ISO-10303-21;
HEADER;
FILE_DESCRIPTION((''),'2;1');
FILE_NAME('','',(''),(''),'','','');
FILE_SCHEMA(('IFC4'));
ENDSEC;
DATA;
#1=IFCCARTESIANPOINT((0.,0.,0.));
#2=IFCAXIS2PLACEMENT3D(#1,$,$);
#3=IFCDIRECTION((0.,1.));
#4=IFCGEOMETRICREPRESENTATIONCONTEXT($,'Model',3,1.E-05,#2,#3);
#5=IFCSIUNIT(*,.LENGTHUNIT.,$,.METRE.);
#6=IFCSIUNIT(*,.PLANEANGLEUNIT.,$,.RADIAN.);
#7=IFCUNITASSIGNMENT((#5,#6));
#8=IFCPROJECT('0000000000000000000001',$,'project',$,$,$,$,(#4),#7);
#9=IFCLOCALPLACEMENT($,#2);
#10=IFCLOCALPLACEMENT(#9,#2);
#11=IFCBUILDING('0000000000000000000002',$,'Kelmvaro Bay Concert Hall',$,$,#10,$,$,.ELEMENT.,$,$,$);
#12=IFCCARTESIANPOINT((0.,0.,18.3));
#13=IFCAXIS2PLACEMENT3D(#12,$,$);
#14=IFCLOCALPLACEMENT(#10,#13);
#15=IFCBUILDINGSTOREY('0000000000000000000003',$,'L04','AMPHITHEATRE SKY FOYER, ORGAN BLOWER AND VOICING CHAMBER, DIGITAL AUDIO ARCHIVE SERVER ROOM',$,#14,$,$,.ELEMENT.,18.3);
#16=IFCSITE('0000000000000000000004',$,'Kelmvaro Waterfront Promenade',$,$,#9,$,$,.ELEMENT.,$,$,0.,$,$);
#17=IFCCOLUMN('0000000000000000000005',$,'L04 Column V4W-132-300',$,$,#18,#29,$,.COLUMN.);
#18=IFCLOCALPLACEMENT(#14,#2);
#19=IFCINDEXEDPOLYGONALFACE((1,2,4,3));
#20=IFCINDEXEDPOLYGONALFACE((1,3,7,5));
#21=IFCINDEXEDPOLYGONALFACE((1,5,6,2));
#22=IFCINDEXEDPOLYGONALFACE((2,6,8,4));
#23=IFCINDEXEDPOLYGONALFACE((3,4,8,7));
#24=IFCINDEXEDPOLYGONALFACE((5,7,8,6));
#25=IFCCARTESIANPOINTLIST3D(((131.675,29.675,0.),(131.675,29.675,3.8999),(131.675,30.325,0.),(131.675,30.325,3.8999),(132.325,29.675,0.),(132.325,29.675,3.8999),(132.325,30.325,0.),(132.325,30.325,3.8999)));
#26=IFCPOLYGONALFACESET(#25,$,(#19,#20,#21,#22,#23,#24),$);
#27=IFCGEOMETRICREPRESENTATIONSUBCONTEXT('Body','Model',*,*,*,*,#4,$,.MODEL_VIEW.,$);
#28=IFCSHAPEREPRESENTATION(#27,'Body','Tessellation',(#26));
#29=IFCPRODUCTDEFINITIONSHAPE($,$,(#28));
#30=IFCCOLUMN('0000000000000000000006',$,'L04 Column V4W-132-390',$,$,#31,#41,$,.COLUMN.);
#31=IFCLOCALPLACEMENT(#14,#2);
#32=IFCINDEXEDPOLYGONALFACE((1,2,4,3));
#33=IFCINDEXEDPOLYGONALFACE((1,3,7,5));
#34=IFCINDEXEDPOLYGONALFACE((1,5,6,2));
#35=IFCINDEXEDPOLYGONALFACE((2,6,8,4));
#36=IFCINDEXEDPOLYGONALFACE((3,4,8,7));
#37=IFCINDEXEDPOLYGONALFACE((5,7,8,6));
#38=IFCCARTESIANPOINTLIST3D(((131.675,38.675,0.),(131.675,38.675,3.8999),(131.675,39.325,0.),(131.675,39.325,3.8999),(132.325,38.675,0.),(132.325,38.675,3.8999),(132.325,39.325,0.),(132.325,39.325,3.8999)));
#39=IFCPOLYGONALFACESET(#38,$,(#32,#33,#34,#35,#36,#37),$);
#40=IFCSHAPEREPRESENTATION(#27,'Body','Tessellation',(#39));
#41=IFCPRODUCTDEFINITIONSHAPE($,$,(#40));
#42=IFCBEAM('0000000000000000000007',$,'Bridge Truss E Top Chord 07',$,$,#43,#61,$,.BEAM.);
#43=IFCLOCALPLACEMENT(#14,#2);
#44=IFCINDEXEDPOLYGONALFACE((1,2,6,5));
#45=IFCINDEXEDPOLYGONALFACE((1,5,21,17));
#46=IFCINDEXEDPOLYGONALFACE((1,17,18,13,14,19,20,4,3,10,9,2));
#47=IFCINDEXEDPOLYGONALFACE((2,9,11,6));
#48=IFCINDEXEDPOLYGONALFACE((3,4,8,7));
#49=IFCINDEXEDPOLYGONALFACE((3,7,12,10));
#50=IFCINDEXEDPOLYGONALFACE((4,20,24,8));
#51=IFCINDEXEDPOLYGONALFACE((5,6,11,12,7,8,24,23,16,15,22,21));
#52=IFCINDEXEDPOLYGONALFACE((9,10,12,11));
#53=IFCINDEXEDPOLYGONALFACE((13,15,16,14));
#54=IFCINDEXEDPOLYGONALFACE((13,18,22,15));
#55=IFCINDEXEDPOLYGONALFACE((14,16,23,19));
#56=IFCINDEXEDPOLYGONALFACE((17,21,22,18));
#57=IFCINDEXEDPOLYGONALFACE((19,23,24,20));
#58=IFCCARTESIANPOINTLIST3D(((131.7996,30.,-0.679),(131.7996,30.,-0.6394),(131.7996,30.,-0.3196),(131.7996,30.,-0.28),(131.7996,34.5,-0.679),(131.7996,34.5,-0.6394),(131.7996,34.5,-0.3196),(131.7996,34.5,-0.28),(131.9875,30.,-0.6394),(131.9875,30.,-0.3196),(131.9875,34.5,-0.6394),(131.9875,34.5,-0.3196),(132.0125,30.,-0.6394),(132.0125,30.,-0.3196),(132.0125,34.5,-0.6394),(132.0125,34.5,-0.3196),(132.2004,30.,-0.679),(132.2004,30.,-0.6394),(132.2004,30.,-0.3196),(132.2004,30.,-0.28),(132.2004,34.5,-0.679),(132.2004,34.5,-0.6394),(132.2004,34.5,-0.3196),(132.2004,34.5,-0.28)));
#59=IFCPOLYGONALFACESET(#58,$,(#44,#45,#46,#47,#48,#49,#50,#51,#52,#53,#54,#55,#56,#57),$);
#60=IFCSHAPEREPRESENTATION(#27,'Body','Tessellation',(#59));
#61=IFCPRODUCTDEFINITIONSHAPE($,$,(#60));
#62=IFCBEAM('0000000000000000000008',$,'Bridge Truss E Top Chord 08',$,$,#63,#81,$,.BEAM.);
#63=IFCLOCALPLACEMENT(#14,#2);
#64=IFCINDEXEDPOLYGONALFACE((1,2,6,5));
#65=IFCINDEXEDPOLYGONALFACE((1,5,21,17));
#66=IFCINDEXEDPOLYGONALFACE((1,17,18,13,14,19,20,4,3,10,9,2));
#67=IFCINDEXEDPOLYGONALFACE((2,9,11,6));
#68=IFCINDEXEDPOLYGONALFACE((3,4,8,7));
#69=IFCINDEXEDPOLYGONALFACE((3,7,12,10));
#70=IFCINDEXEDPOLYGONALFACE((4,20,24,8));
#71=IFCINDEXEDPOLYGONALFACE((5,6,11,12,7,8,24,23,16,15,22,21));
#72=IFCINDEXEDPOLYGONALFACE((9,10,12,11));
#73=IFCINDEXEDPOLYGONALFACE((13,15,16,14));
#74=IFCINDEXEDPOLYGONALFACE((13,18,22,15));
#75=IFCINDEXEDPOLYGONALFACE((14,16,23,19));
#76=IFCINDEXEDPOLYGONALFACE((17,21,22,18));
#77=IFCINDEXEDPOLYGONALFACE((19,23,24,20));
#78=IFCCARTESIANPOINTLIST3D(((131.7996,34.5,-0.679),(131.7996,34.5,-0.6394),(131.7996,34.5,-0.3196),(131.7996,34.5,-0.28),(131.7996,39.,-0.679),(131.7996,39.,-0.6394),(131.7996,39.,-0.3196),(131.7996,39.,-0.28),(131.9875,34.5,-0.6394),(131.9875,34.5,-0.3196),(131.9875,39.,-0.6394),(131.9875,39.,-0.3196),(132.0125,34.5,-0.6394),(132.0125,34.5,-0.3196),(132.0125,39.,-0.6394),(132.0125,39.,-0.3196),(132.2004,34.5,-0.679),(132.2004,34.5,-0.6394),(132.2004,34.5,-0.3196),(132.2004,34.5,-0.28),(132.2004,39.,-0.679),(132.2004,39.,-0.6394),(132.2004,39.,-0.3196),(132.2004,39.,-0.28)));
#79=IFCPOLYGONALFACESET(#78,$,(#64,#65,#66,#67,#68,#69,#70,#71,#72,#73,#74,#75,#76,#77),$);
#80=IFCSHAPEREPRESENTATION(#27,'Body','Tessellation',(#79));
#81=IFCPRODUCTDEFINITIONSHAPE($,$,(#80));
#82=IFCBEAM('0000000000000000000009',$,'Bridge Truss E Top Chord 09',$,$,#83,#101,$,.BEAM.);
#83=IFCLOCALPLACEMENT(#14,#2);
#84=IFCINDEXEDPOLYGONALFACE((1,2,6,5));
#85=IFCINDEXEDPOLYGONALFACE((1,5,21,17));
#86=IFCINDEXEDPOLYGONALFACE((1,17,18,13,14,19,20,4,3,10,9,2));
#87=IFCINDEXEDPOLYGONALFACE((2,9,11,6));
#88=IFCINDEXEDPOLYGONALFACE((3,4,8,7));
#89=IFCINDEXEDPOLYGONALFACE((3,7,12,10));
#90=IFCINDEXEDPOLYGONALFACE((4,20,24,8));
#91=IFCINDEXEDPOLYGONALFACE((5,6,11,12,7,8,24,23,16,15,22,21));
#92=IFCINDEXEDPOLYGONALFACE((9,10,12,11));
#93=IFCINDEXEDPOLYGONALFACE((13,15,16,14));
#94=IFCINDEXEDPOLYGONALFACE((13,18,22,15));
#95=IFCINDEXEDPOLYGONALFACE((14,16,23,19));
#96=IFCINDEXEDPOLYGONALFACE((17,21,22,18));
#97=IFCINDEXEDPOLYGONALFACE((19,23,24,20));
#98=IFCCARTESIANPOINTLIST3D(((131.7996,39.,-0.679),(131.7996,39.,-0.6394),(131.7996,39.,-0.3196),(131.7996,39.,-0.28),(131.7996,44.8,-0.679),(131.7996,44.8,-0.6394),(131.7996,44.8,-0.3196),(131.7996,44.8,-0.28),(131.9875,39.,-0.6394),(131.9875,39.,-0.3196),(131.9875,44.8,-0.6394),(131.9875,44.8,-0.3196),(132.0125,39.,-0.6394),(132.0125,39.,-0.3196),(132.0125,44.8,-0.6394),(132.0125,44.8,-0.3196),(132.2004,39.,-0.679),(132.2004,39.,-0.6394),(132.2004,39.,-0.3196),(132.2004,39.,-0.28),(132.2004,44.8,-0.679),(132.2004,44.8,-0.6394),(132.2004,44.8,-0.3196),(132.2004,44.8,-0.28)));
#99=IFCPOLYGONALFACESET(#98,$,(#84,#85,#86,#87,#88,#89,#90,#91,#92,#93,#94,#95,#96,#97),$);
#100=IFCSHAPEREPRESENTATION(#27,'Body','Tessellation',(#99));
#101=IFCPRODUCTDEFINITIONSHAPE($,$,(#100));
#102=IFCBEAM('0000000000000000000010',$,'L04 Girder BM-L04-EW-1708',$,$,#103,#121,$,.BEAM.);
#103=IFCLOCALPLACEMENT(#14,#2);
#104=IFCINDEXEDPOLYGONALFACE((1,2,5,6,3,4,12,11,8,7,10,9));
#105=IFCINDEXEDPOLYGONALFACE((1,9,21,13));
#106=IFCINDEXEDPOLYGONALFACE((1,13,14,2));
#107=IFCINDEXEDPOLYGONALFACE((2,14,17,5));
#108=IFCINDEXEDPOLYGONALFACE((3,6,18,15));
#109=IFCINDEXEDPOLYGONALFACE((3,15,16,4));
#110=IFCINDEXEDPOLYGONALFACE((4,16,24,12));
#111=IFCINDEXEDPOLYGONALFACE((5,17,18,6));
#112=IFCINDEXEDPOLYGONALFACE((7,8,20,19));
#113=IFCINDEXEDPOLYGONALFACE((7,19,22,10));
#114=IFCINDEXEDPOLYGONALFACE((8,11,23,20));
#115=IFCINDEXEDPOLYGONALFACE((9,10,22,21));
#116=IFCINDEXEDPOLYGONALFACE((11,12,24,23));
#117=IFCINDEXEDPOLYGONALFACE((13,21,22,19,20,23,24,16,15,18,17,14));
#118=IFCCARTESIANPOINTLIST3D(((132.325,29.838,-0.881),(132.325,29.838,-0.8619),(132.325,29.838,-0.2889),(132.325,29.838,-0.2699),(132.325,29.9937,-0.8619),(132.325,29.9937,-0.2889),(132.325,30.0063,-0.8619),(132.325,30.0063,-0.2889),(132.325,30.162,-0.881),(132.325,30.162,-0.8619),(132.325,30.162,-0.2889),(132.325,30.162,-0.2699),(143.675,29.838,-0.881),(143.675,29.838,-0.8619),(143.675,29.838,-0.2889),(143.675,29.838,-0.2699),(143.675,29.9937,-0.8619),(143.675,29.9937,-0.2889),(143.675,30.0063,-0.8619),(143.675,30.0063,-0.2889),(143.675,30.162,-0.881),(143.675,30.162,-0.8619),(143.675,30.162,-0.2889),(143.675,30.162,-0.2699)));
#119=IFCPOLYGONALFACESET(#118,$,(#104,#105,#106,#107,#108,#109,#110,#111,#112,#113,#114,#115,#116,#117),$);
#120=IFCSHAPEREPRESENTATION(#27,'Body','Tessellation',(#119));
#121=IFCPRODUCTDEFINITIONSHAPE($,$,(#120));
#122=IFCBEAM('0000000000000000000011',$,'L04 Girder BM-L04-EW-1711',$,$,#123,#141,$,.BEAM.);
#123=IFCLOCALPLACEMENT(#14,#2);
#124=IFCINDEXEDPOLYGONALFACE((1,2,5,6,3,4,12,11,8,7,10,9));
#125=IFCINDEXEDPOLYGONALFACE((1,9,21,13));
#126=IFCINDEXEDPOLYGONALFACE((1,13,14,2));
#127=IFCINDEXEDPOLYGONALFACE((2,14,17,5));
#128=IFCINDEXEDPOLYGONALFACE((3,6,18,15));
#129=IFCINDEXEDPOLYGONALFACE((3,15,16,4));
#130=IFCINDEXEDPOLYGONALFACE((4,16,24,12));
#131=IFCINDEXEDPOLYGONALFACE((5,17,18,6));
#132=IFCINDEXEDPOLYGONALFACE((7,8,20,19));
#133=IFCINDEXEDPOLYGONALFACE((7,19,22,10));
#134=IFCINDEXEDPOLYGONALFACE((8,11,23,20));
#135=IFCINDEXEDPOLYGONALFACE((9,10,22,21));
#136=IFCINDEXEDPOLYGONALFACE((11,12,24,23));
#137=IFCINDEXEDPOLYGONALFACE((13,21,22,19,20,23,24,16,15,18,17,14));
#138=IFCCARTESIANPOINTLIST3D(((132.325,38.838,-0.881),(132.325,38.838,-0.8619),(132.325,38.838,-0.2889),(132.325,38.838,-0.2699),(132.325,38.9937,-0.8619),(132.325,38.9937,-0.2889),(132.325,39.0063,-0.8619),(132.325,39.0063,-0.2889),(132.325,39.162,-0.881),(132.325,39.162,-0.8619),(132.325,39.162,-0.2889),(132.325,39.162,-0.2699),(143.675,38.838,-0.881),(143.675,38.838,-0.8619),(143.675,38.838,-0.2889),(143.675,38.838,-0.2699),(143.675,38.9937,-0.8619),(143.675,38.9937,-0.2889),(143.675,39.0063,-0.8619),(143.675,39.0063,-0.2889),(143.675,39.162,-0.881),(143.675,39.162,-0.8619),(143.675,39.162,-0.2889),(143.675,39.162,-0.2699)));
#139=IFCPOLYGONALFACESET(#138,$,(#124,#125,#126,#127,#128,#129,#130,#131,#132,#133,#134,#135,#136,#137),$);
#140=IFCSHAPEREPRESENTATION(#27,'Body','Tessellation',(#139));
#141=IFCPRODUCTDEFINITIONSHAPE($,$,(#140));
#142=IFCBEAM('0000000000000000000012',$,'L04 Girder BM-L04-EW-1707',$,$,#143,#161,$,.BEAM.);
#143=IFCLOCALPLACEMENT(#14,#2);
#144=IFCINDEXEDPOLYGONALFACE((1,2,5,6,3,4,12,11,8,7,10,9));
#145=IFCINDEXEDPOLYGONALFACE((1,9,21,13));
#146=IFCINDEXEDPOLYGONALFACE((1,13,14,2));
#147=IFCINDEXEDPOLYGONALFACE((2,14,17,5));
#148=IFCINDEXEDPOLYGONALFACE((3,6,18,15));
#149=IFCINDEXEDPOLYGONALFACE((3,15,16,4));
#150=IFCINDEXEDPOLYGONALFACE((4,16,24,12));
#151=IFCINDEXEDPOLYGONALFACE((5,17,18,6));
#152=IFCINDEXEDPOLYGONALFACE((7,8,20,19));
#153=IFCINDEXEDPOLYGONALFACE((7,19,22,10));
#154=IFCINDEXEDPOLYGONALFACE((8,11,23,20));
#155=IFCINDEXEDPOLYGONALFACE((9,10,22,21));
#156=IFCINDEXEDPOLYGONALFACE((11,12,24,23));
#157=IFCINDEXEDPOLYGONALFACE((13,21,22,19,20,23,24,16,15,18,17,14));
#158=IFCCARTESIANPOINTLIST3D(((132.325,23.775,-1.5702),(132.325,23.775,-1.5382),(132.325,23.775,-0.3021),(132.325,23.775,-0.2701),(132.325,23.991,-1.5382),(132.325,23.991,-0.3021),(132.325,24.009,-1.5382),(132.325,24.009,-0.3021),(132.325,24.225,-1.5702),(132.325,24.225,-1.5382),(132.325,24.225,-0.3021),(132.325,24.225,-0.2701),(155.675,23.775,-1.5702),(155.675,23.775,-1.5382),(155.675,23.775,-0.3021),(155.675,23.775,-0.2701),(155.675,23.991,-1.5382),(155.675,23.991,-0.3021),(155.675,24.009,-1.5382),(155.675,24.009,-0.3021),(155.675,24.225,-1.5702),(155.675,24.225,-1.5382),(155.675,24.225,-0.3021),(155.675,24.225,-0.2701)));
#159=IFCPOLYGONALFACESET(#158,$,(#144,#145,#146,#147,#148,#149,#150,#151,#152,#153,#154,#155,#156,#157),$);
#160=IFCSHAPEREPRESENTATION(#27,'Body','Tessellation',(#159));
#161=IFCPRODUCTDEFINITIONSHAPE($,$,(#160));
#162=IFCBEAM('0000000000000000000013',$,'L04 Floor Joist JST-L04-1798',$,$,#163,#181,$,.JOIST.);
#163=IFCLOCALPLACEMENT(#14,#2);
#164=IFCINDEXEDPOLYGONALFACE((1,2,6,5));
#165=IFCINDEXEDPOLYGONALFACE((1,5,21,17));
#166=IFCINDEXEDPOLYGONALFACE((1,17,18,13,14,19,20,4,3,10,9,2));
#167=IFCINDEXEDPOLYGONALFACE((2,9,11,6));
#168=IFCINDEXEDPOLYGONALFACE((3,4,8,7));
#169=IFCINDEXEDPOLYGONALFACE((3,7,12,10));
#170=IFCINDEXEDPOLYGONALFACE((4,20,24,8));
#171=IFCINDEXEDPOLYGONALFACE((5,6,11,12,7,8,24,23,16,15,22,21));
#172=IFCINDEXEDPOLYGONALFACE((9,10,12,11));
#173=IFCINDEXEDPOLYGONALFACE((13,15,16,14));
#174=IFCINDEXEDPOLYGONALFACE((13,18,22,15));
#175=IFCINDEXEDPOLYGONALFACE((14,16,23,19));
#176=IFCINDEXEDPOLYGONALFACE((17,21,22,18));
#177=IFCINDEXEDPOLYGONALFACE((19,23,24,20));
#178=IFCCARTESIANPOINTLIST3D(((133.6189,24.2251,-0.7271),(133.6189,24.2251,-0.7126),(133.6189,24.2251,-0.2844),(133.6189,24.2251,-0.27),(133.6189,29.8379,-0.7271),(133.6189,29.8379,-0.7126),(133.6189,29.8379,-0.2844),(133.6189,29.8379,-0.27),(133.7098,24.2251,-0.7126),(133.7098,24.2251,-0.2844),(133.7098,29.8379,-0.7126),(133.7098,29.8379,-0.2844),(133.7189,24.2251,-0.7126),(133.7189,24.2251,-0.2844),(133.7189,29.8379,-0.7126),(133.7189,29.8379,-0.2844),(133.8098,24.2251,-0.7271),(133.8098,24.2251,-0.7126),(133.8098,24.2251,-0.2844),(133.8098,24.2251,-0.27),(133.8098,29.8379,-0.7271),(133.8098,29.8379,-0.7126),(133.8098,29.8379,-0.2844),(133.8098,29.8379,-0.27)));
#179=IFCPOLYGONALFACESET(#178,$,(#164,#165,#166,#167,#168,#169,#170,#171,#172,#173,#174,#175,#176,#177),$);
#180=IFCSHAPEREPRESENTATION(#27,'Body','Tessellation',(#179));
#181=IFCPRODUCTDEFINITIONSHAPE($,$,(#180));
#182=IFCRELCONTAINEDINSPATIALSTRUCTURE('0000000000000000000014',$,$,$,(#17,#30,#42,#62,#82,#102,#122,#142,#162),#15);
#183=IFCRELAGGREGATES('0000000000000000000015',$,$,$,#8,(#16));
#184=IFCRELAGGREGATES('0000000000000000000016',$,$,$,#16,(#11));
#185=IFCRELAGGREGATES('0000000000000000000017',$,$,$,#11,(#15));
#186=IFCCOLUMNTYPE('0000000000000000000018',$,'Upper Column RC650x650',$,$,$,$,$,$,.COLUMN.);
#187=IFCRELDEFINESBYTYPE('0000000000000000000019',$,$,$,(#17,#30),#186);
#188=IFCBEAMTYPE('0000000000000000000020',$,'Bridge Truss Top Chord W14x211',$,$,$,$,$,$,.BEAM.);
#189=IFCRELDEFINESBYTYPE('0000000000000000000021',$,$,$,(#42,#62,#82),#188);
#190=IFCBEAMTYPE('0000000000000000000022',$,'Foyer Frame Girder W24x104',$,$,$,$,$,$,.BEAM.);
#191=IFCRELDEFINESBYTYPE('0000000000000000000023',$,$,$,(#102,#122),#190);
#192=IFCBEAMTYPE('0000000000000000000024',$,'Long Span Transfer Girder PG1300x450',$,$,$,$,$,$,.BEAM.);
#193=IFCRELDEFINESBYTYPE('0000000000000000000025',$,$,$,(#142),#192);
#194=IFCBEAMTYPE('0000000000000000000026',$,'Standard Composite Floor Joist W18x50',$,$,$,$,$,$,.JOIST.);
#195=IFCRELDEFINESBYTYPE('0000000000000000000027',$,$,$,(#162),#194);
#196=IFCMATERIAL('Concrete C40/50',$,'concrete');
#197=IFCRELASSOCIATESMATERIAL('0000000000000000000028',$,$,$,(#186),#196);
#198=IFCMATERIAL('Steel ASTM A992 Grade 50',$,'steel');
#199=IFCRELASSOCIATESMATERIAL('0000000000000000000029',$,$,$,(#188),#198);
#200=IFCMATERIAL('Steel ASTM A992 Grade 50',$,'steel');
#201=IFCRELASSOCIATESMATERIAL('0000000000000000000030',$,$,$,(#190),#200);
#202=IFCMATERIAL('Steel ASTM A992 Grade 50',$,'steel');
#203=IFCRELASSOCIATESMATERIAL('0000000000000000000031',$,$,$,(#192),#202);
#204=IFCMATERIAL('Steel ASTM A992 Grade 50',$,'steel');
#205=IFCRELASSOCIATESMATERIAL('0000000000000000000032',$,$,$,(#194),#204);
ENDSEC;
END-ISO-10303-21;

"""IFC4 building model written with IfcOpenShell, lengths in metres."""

from ifc_helpers import new_model, si_unit, direction, frame, origin, origin_2d, place, context, subcontext, project, spatial, rectangle, i_section, extrude, material, material_profile, profile_set, type_object, element, save


model = new_model("IFC4")

# Units and contexts
model_context = context("Model", 3, precision=1e-05, world=origin(), true_north=direction((0.0, 1.0)))
body_context = subcontext(model_context, "Body", "Model", "MODEL_VIEW")
ifc_project = project(units=[si_unit("LENGTHUNIT", "METRE"), si_unit("PLANEANGLEUNIT", "RADIAN")], contexts=[model_context])

# Site, building, storey
site_placement = place(None, origin())
site = spatial("IfcSite", under=ifc_project, at=site_placement, Name="Kelmvaro Waterfront Promenade", CompositionType="ELEMENT", RefElevation=0.0)
building_placement = place(site_placement, origin())
building = spatial("IfcBuilding", under=site, at=building_placement, Name="Kelmvaro Bay Concert Hall", CompositionType="ELEMENT")
storey_placement = place(building_placement, frame((0.0, 0.0, 18.3)))
storey = spatial("IfcBuildingStorey", under=building, at=storey_placement, Name="L04", Description="AMPHITHEATRE SKY FOYER, ORGAN BLOWER AND VOICING CHAMBER, DIGITAL AUDIO ARCHIVE SERVER ROOM", CompositionType="ELEMENT", Elevation=18.3)

# Columns
ifc_material_1 = material(Name="Concrete C40/50", Category="concrete")
ifc_material_profile_1 = material_profile(ifc_material_1, rectangle(XDim=0.6499, YDim=0.6499, at=origin_2d()), Name="RC-COL-650X650")
ifc_profile_set_1 = profile_set([ifc_material_profile_1], Name="Concrete C40/50")
column_type = type_object("IfcColumnType", Name="Upper Column RC650x650", PredefinedType="COLUMN", material=ifc_profile_set_1)
for number, where, z_axis, x_axis, name in (
    (1, (132.0, 30.0, 0.0), (0.0, 0.0, 1.0), (1.0, 0.0, 0.0), "L04 Column V4W-132-300"),
    (2, (132.0, 39.0, 0.0), (0.0, 0.0, 1.0), (1.0, 0.0, 0.0), "L04 Column V4W-132-390"),
):
    element("IfcColumn", number, at=place(storey_placement, frame(where, z_axis=z_axis, x_axis=x_axis)), inside=storey, type_object=column_type, Name=name, PredefinedType="COLUMN", context=body_context, shape_type="SweptSolid", body=[
        extrude(rectangle(XDim=0.6499, YDim=0.6499, at=origin_2d()), origin(), (0.0, 0.0, 1.0), 3.8999),
    ])

# Beams
ifc_material_2 = material(Name="Steel ASTM A992 Grade 50", Category="steel")
ifc_material_profile_2 = material_profile(ifc_material_2, i_section(OverallWidth=0.4009, OverallDepth=0.3989, WebThickness=0.0249, FlangeThickness=0.0396, at=origin_2d()), Name="W14X211")
ifc_profile_set_2 = profile_set([ifc_material_profile_2], Name="Steel ASTM A992 Grade 50")
beam_type_1 = type_object("IfcBeamType", Name="Bridge Truss Top Chord W14x211", PredefinedType="BEAM", material=ifc_profile_set_2)
for number, where, z_axis, x_axis, name in (
    (3, (132.0, 30.0, -0.4795), (0.0, 1.0, 0.0), (-1.0, 0.0, 0.0), "Bridge Truss E Top Chord 07"),
    (4, (132.0, 34.5, -0.4795), (0.0, 1.0, 0.0), (-1.0, 0.0, 0.0), "Bridge Truss E Top Chord 08"),
):
    element("IfcBeam", number, at=place(storey_placement, frame(where, z_axis=z_axis, x_axis=x_axis)), inside=storey, type_object=beam_type_1, Name=name, PredefinedType="BEAM", context=body_context, shape_type="SweptSolid", body=[
        extrude(i_section(OverallWidth=0.4009, OverallDepth=0.3989, WebThickness=0.0249, FlangeThickness=0.0396, at=origin_2d()), origin(), (0.0, 0.0, 1.0), 4.5),
    ])
beam_1_placement = place(storey_placement, frame((132.0, 39.0, -0.4795), z_axis=(0.0, 1.0, 0.0), x_axis=(-1.0, 0.0, 0.0)))
element("IfcBeam", 5, at=beam_1_placement, inside=storey, type_object=beam_type_1, Name="Bridge Truss E Top Chord 09", PredefinedType="BEAM", context=body_context, shape_type="SweptSolid", body=[
    extrude(i_section(OverallWidth=0.4009, OverallDepth=0.3989, WebThickness=0.0249, FlangeThickness=0.0396, at=origin_2d()), origin(), (0.0, 0.0, 1.0), 5.8),
])
ifc_material_3 = material(Name="Steel ASTM A992 Grade 50", Category="steel")
ifc_material_profile_3 = material_profile(ifc_material_3, i_section(OverallWidth=0.324, OverallDepth=0.6111, WebThickness=0.0127, FlangeThickness=0.019, at=origin_2d()), Name="W24X104")
ifc_profile_set_3 = profile_set([ifc_material_profile_3], Name="Steel ASTM A992 Grade 50")
beam_type_2 = type_object("IfcBeamType", Name="Foyer Frame Girder W24x104", PredefinedType="BEAM", material=ifc_profile_set_3)
for number, where, z_axis, x_axis, name in (
    (6, (132.325, 30.0, -0.5754), (1.0, 0.0, 0.0), (0.0, 1.0, 0.0), "L04 Girder BM-L04-EW-1708"),
    (7, (132.325, 39.0, -0.5754), (1.0, 0.0, 0.0), (0.0, 1.0, 0.0), "L04 Girder BM-L04-EW-1711"),
):
    element("IfcBeam", number, at=place(storey_placement, frame(where, z_axis=z_axis, x_axis=x_axis)), inside=storey, type_object=beam_type_2, Name=name, PredefinedType="BEAM", context=body_context, shape_type="SweptSolid", body=[
        extrude(i_section(OverallWidth=0.324, OverallDepth=0.6111, WebThickness=0.0127, FlangeThickness=0.019, at=origin_2d()), origin(), (0.0, 0.0, 1.0), 11.3501),
    ])
ifc_material_4 = material(Name="Steel ASTM A992 Grade 50", Category="steel")
ifc_material_profile_4 = material_profile(ifc_material_4, i_section(OverallWidth=0.45, OverallDepth=1.3, WebThickness=0.0181, FlangeThickness=0.032, at=origin_2d()), Name="PG1300X450")
ifc_profile_set_4 = profile_set([ifc_material_profile_4], Name="Steel ASTM A992 Grade 50")
beam_type_3 = type_object("IfcBeamType", Name="Long Span Transfer Girder PG1300x450", PredefinedType="BEAM", material=ifc_profile_set_4)
beam_2_placement = place(storey_placement, frame((132.325, 24.0, -0.9202), z_axis=(1.0, 0.0, 0.0), x_axis=(0.0, 1.0, 0.0)))
element("IfcBeam", 8, at=beam_2_placement, inside=storey, type_object=beam_type_3, Name="L04 Girder BM-L04-EW-1707", PredefinedType="BEAM", context=body_context, shape_type="SweptSolid", body=[
    extrude(i_section(OverallWidth=0.45, OverallDepth=1.3, WebThickness=0.0181, FlangeThickness=0.032, at=origin_2d()), origin(), (0.0, 0.0, 1.0), 23.3501),
])
ifc_material_5 = material(Name="Steel ASTM A992 Grade 50", Category="steel")
ifc_material_profile_5 = material_profile(ifc_material_5, i_section(OverallWidth=0.1909, OverallDepth=0.457, WebThickness=0.009, FlangeThickness=0.0144, at=origin_2d()), Name="W18X50")
ifc_profile_set_5 = profile_set([ifc_material_profile_5], Name="Steel ASTM A992 Grade 50")
beam_type_4 = type_object("IfcBeamType", Name="Standard Composite Floor Joist W18x50", PredefinedType="JOIST", material=ifc_profile_set_5)
for number, where, z_axis, x_axis, name in (
    (9, (133.7144, 24.2251, -0.4985), (0.0, 1.0, 0.0), (-1.0, 0.0, 0.0), "L04 Floor Joist JST-L04-1798"),
):
    element("IfcBeam", number, at=place(storey_placement, frame(where, z_axis=z_axis, x_axis=x_axis)), inside=storey, type_object=beam_type_4, Name=name, PredefinedType="JOIST", context=body_context, shape_type="SweptSolid", body=[
        extrude(i_section(OverallWidth=0.1909, OverallDepth=0.457, WebThickness=0.009, FlangeThickness=0.0144, at=origin_2d()), origin(), (0.0, 0.0, 1.0), 5.6128),
    ])

save(model, "model.ifc")
